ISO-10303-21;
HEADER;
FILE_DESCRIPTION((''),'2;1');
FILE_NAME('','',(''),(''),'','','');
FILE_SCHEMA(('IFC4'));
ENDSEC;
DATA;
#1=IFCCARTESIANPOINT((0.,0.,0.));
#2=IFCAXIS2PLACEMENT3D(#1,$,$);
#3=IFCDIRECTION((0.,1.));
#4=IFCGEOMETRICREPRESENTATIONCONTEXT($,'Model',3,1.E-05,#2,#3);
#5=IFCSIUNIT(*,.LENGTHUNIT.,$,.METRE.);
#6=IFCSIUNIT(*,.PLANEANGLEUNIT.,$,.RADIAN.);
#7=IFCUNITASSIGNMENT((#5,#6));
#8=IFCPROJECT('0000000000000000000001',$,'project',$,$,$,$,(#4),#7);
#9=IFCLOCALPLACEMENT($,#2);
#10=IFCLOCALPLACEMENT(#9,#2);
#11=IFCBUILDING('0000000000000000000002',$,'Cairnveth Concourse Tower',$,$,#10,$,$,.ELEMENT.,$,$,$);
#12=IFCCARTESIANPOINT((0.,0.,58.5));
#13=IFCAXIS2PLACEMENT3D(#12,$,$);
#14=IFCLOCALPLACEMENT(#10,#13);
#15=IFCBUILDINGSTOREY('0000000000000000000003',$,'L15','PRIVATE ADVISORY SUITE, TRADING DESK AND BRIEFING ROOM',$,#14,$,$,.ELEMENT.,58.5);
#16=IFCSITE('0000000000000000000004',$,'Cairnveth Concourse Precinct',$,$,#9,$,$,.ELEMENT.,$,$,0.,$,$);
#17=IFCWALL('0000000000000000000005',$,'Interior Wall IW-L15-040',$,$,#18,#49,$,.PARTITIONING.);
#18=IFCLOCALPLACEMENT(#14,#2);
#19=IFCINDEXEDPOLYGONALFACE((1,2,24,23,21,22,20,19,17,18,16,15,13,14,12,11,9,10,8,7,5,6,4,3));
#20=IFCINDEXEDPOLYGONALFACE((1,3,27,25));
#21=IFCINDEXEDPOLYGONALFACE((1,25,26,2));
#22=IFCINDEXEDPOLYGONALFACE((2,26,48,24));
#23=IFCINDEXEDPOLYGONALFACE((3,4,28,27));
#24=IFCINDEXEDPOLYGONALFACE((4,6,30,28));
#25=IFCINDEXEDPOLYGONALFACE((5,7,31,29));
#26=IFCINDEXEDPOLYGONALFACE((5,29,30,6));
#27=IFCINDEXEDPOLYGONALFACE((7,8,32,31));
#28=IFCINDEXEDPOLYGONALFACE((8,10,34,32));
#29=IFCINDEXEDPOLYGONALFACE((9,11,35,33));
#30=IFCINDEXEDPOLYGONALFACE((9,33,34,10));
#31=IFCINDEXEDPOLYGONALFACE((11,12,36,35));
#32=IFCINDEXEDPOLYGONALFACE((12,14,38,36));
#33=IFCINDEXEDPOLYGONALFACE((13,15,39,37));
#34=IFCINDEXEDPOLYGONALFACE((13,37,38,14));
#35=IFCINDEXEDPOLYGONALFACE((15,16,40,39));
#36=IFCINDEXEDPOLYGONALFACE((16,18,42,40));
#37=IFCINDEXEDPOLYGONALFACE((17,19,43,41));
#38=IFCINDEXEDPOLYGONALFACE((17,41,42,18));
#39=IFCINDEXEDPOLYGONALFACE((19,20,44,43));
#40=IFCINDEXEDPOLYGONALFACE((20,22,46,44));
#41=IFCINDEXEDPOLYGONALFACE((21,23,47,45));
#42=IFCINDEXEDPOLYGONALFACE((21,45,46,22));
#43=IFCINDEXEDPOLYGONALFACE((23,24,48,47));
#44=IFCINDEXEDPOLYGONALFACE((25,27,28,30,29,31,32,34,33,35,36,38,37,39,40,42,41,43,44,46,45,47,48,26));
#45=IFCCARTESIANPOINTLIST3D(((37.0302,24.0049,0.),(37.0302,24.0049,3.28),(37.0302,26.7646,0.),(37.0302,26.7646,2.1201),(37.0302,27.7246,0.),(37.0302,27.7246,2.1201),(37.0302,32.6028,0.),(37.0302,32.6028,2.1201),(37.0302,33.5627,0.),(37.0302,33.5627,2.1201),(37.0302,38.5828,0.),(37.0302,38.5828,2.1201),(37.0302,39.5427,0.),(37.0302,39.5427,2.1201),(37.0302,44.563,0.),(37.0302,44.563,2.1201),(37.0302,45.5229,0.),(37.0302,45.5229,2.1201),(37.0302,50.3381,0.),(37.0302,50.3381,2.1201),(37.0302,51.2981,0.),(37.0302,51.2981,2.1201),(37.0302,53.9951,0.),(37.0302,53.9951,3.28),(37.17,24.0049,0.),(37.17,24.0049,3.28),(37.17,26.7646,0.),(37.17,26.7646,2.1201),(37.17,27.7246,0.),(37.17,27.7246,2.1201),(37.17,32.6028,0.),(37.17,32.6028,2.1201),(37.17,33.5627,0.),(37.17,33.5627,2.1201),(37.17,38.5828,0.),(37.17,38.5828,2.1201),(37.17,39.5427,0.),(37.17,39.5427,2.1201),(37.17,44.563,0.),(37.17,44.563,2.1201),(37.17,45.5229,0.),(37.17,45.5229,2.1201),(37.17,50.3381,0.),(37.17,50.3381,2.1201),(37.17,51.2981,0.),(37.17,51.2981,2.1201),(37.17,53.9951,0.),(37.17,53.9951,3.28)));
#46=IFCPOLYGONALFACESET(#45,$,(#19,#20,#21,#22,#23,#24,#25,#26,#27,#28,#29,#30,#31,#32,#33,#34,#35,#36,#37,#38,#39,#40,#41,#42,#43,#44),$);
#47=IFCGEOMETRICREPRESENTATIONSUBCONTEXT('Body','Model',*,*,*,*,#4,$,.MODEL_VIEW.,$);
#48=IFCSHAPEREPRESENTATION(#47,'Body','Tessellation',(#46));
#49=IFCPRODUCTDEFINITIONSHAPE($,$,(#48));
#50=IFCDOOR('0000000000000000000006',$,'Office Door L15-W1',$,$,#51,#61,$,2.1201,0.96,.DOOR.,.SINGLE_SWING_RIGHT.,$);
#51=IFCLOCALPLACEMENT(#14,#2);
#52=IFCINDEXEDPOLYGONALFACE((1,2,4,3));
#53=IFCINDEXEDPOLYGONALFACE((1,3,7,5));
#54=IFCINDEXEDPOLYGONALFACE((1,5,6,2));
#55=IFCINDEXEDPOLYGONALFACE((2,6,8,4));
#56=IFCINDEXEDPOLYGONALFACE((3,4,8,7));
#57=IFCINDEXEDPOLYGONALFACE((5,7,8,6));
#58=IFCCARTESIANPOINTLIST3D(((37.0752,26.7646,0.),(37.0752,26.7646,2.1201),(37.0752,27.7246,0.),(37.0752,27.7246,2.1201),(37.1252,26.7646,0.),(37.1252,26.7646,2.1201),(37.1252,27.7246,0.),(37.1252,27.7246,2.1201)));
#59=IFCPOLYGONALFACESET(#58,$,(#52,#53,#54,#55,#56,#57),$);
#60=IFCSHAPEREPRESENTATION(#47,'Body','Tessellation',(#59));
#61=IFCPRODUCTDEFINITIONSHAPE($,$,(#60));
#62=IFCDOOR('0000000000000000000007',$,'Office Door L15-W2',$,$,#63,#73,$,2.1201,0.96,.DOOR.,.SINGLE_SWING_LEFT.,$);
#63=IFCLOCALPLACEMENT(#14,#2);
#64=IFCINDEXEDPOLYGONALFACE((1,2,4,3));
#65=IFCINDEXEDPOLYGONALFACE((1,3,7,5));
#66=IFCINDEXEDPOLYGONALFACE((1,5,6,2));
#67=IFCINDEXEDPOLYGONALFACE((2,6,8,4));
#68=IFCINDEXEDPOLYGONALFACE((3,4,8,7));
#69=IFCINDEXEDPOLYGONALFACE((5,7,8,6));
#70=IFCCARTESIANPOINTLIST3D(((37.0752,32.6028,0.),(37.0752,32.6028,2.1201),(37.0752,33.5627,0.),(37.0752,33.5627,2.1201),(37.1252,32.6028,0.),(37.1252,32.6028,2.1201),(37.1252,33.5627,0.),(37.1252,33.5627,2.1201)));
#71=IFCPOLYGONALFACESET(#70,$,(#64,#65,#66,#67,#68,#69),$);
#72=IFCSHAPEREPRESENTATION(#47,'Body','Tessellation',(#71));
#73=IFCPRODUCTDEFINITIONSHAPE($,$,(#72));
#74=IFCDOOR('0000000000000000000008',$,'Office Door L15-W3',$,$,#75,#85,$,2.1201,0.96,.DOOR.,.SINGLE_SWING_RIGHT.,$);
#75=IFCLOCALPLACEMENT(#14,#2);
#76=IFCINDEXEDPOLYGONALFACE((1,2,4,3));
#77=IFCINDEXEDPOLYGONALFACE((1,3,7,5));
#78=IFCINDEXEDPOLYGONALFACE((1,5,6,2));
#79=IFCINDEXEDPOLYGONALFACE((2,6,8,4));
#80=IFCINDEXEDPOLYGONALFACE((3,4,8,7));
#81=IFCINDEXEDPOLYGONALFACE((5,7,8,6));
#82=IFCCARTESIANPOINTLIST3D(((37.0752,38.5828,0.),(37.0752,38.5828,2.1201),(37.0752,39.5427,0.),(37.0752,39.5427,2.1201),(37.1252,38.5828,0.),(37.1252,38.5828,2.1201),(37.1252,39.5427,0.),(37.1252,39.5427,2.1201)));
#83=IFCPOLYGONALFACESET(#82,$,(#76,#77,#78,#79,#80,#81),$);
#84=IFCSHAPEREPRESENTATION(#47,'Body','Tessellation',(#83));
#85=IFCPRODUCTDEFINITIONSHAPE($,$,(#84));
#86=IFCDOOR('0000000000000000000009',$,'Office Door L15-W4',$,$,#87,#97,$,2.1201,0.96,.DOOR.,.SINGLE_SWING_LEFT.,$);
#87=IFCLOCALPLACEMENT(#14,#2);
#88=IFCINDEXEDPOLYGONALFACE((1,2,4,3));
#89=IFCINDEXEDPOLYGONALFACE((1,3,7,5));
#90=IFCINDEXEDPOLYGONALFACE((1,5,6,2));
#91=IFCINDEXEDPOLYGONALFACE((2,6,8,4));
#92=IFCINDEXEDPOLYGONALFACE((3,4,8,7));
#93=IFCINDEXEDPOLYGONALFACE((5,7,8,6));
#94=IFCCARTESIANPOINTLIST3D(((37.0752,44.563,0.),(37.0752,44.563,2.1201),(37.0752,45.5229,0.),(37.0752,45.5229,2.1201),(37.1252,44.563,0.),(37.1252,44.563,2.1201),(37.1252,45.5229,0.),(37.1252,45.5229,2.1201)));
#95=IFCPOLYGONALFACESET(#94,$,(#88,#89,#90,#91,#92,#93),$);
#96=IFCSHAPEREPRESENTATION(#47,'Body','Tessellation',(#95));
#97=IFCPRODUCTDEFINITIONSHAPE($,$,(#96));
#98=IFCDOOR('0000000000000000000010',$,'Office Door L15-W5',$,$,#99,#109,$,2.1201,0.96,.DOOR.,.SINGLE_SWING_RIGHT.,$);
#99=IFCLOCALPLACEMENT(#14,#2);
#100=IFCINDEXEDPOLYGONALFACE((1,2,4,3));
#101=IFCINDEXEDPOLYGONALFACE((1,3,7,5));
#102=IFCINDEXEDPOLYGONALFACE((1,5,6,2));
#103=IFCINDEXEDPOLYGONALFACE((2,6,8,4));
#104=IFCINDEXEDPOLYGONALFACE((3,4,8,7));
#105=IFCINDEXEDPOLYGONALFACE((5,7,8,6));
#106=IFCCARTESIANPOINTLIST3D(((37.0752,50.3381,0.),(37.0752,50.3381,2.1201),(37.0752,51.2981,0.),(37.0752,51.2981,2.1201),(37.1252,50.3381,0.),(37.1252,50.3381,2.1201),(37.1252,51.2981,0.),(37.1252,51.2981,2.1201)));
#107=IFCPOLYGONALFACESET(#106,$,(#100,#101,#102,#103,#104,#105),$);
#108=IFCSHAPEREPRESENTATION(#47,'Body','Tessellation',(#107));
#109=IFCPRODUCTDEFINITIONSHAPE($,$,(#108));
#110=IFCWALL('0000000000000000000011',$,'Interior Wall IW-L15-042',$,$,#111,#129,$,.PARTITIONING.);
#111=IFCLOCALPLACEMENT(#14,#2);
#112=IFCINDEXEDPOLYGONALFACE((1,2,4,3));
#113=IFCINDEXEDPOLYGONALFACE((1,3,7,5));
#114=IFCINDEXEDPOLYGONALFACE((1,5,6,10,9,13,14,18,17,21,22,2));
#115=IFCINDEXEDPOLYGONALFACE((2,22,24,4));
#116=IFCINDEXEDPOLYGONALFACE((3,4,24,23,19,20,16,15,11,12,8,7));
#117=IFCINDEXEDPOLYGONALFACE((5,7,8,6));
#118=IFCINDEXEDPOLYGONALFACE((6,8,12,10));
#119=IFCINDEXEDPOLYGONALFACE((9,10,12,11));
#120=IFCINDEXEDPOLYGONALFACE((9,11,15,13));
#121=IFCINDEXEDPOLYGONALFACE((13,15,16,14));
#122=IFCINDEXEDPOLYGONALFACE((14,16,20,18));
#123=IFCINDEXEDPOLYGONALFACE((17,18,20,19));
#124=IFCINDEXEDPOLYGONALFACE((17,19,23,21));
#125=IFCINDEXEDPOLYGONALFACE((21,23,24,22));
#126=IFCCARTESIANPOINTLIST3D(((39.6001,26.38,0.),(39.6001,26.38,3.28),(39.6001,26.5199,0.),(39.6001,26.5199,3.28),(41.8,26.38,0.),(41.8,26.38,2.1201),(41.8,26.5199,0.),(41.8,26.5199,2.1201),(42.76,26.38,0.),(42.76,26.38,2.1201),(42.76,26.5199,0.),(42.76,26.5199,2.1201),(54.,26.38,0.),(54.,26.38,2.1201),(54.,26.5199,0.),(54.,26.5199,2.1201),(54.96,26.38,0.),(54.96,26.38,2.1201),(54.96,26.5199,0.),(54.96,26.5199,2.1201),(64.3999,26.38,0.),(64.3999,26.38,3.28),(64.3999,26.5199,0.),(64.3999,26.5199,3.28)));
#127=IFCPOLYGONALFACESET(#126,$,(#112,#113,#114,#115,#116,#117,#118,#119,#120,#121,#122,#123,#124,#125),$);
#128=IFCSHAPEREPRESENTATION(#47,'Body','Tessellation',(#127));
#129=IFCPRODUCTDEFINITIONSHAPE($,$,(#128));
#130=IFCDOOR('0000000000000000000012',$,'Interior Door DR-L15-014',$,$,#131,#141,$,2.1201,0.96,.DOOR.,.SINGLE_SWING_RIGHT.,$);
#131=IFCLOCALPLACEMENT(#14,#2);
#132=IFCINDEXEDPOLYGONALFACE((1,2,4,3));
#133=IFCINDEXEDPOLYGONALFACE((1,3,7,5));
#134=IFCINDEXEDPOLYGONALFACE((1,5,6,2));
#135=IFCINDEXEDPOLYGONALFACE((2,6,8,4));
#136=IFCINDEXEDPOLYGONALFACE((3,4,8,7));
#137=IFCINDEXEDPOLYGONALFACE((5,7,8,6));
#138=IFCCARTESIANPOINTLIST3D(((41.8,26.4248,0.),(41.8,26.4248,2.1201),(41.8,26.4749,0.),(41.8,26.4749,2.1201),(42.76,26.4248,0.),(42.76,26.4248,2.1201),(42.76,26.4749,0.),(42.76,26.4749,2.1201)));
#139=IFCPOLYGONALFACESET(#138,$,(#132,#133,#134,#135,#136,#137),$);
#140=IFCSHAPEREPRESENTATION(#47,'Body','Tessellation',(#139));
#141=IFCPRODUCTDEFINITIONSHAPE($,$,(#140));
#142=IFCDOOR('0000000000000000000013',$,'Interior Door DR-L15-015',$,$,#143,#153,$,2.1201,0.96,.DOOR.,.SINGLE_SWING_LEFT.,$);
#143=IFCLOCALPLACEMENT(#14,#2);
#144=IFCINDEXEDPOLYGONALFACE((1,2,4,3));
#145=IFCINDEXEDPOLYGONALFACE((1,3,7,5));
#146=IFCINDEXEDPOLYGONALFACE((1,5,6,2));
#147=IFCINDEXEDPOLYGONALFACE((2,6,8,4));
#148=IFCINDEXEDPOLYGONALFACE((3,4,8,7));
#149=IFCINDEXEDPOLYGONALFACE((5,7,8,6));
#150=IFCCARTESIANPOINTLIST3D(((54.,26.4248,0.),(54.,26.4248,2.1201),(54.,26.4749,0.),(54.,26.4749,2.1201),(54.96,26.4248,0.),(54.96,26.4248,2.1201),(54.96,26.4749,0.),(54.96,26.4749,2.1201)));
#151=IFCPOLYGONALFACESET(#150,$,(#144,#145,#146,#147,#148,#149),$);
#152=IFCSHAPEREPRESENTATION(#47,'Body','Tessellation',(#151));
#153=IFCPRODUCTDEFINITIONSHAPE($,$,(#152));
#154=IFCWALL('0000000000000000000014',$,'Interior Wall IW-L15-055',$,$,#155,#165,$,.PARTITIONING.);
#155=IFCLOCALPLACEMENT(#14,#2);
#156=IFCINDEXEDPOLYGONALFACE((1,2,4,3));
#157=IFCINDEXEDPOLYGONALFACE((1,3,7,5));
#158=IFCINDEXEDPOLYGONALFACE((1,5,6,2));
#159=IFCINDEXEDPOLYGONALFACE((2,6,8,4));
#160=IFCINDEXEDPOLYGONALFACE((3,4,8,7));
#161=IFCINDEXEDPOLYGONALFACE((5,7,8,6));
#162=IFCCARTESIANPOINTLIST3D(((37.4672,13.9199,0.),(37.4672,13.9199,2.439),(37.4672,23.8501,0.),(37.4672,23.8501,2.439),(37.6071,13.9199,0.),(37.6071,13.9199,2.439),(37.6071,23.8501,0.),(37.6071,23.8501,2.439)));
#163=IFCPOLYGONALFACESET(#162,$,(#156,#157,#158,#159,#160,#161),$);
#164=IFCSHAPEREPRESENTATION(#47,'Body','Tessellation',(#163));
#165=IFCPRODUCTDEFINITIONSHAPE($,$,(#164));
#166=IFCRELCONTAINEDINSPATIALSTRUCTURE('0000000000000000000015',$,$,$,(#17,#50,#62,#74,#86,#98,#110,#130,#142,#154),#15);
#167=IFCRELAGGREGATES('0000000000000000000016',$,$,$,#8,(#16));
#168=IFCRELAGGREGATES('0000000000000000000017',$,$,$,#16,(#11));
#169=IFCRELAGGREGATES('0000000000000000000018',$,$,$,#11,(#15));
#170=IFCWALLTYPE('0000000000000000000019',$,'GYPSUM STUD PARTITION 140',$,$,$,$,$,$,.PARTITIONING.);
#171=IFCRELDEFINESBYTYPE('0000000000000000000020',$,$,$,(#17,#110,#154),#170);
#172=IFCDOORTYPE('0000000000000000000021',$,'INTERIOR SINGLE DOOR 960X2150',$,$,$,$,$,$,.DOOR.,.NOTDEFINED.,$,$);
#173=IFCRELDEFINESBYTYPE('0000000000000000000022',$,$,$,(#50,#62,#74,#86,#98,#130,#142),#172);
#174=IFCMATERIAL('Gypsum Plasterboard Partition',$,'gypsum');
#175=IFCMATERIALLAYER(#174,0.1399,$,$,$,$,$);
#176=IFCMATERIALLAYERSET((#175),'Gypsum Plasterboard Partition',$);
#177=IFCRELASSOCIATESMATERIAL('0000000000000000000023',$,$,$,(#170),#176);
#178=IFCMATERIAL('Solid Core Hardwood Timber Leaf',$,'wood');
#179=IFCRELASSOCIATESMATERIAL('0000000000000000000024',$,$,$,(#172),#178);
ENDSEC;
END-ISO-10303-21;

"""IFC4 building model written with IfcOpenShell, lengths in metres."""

from ifc_helpers import new_model, si_unit, direction, frame, frame_2d, origin, place, context, subcontext, project, spatial, rectangle, extrude, material, layer, layer_set, type_object, element, fill, save


model = new_model("IFC4")

# Units and contexts
model_context = context("Model", 3, precision=1e-05, world=origin(), true_north=direction((0.0, 1.0)))
body_context = subcontext(model_context, "Body", "Model", "MODEL_VIEW")
ifc_project = project(units=[si_unit("LENGTHUNIT", "METRE"), si_unit("PLANEANGLEUNIT", "RADIAN")], contexts=[model_context])

# Site, building, storey
site_placement = place(None, origin())
site = spatial("IfcSite", under=ifc_project, at=site_placement, Name="Cairnveth Concourse Precinct", CompositionType="ELEMENT", RefElevation=0.0)
building_placement = place(site_placement, origin())
building = spatial("IfcBuilding", under=site, at=building_placement, Name="Cairnveth Concourse Tower", CompositionType="ELEMENT")
storey_placement = place(building_placement, frame((0.0, 0.0, 58.5)))
storey = spatial("IfcBuildingStorey", under=building, at=storey_placement, Name="L15", Description="PRIVATE ADVISORY SUITE, TRADING DESK AND BRIEFING ROOM", CompositionType="ELEMENT", Elevation=58.5)

# Walls, openings, doors
ifc_material_1 = material(Name="Gypsum Plasterboard Partition", Category="gypsum")
ifc_layer_1 = layer(ifc_material_1, 0.1399)
ifc_layer_set_1 = layer_set([ifc_layer_1], Name="Gypsum Plasterboard Partition")
wall_type = type_object("IfcWallType", Name="GYPSUM STUD PARTITION 140", PredefinedType="PARTITIONING", material=ifc_layer_set_1)
ifc_material_2 = material(Name="Solid Core Hardwood Timber Leaf", Category="wood")
door_type = type_object("IfcDoorType", Name="INTERIOR SINGLE DOOR 960X2150", OperationType="NOTDEFINED", PredefinedType="DOOR", material=ifc_material_2)
wall_1_placement = place(storey_placement, frame((37.1001, 24.0049, 0.0), z_axis=(0.0, 0.0, 1.0), x_axis=(0.0, 1.0, 0.0)))
wall_1 = element("IfcWall", 1, at=wall_1_placement, inside=storey, type_object=wall_type, Name="Interior Wall IW-L15-040", PredefinedType="PARTITIONING", context=body_context, shape_type="SweptSolid", body=[
    extrude(rectangle(XDim=29.9902, YDim=0.1399, at=frame_2d((14.9951, 0.0))), origin(), (0.0, 0.0, 1.0), 3.28),
])
opening_1_placement = place(wall_1_placement, frame((2.7598, 0.0, 0.0)))
opening_1 = element("IfcOpeningElement", 2, at=opening_1_placement, cuts=wall_1, PredefinedType="OPENING", context=body_context, shape_type="SweptSolid", body=[
    extrude(rectangle(XDim=0.96, YDim=2.1201, at=frame_2d((0.48, 1.0601))), frame((0.0, 0.0798, 0.0), z_axis=(0.0, -1.0, 0.0), x_axis=(1.0, 0.0, 0.0)), (0.0, 0.0, 1.0), 0.1599),
])
opening_2_placement = place(wall_1_placement, frame((8.5979, 0.0, 0.0)))
opening_2 = element("IfcOpeningElement", 3, at=opening_2_placement, cuts=wall_1, PredefinedType="OPENING", context=body_context, shape_type="SweptSolid", body=[
    extrude(rectangle(XDim=0.96, YDim=2.1201, at=frame_2d((0.48, 1.0601))), frame((0.0, 0.0798, 0.0), z_axis=(0.0, -1.0, 0.0), x_axis=(1.0, 0.0, 0.0)), (0.0, 0.0, 1.0), 0.1599),
])
opening_3_placement = place(wall_1_placement, frame((14.5779, 0.0, 0.0)))
opening_3 = element("IfcOpeningElement", 4, at=opening_3_placement, cuts=wall_1, PredefinedType="OPENING", context=body_context, shape_type="SweptSolid", body=[
    extrude(rectangle(XDim=0.96, YDim=2.1201, at=frame_2d((0.48, 1.0601))), frame((0.0, 0.0798, 0.0), z_axis=(0.0, -1.0, 0.0), x_axis=(1.0, 0.0, 0.0)), (0.0, 0.0, 1.0), 0.1599),
])
opening_4_placement = place(wall_1_placement, frame((20.5581, 0.0, 0.0)))
opening_4 = element("IfcOpeningElement", 5, at=opening_4_placement, cuts=wall_1, PredefinedType="OPENING", context=body_context, shape_type="SweptSolid", body=[
    extrude(rectangle(XDim=0.96, YDim=2.1201, at=frame_2d((0.48, 1.0601))), frame((0.0, 0.0798, 0.0), z_axis=(0.0, -1.0, 0.0), x_axis=(1.0, 0.0, 0.0)), (0.0, 0.0, 1.0), 0.1599),
])
opening_5_placement = place(wall_1_placement, frame((26.3333, 0.0, 0.0)))
opening_5 = element("IfcOpeningElement", 6, at=opening_5_placement, cuts=wall_1, PredefinedType="OPENING", context=body_context, shape_type="SweptSolid", body=[
    extrude(rectangle(XDim=0.96, YDim=2.1201, at=frame_2d((0.48, 1.0601))), frame((0.0, 0.0798, 0.0), z_axis=(0.0, -1.0, 0.0), x_axis=(1.0, 0.0, 0.0)), (0.0, 0.0, 1.0), 0.1599),
])
door_1_placement = place(opening_1_placement, origin())
door_1 = element("IfcDoor", 7, at=door_1_placement, inside=storey, type_object=door_type, Name="Office Door L15-W1", OperationType="SINGLE_SWING_RIGHT", OverallHeight=2.1201, OverallWidth=0.96, PredefinedType="DOOR", context=body_context, shape_type="SweptSolid", body=[
    extrude(rectangle(XDim=0.96, YDim=2.1201, at=frame_2d((0.48, 1.0601))), frame((0.0, 0.0249, 0.0), z_axis=(0.0, -1.0, 0.0), x_axis=(1.0, 0.0, 0.0)), (0.0, 0.0, 1.0), 0.05),
])
fill(opening_1, door_1)
door_2_placement = place(opening_2_placement, origin())
door_2 = element("IfcDoor", 8, at=door_2_placement, inside=storey, type_object=door_type, Name="Office Door L15-W2", OperationType="SINGLE_SWING_LEFT", OverallHeight=2.1201, OverallWidth=0.96, PredefinedType="DOOR", context=body_context, shape_type="SweptSolid", body=[
    extrude(rectangle(XDim=0.96, YDim=2.1201, at=frame_2d((0.48, 1.0601))), frame((0.0, 0.0249, 0.0), z_axis=(0.0, -1.0, 0.0), x_axis=(1.0, 0.0, 0.0)), (0.0, 0.0, 1.0), 0.05),
])
fill(opening_2, door_2)
door_3_placement = place(opening_3_placement, origin())
door_3 = element("IfcDoor", 9, at=door_3_placement, inside=storey, type_object=door_type, Name="Office Door L15-W3", OperationType="SINGLE_SWING_RIGHT", OverallHeight=2.1201, OverallWidth=0.96, PredefinedType="DOOR", context=body_context, shape_type="SweptSolid", body=[
    extrude(rectangle(XDim=0.96, YDim=2.1201, at=frame_2d((0.48, 1.0601))), frame((0.0, 0.0249, 0.0), z_axis=(0.0, -1.0, 0.0), x_axis=(1.0, 0.0, 0.0)), (0.0, 0.0, 1.0), 0.05),
])
fill(opening_3, door_3)
door_4_placement = place(opening_4_placement, origin())
door_4 = element("IfcDoor", 10, at=door_4_placement, inside=storey, type_object=door_type, Name="Office Door L15-W4", OperationType="SINGLE_SWING_LEFT", OverallHeight=2.1201, OverallWidth=0.96, PredefinedType="DOOR", context=body_context, shape_type="SweptSolid", body=[
    extrude(rectangle(XDim=0.96, YDim=2.1201, at=frame_2d((0.48, 1.0601))), frame((0.0, 0.0249, 0.0), z_axis=(0.0, -1.0, 0.0), x_axis=(1.0, 0.0, 0.0)), (0.0, 0.0, 1.0), 0.05),
])
fill(opening_4, door_4)
door_5_placement = place(opening_5_placement, origin())
door_5 = element("IfcDoor", 11, at=door_5_placement, inside=storey, type_object=door_type, Name="Office Door L15-W5", OperationType="SINGLE_SWING_RIGHT", OverallHeight=2.1201, OverallWidth=0.96, PredefinedType="DOOR", context=body_context, shape_type="SweptSolid", body=[
    extrude(rectangle(XDim=0.96, YDim=2.1201, at=frame_2d((0.48, 1.0601))), frame((0.0, 0.0249, 0.0), z_axis=(0.0, -1.0, 0.0), x_axis=(1.0, 0.0, 0.0)), (0.0, 0.0, 1.0), 0.05),
])
fill(opening_5, door_5)
wall_2_placement = place(storey_placement, frame((39.6001, 26.45, 0.0), z_axis=(0.0, 0.0, 1.0), x_axis=(1.0, 0.0, 0.0)))
wall_2 = element("IfcWall", 12, at=wall_2_placement, inside=storey, type_object=wall_type, Name="Interior Wall IW-L15-042", PredefinedType="PARTITIONING", context=body_context, shape_type="SweptSolid", body=[
    extrude(rectangle(XDim=24.7998, YDim=0.1399, at=frame_2d((12.3999, 0.0))), origin(), (0.0, 0.0, 1.0), 3.28),
])
opening_6_placement = place(wall_2_placement, frame((2.2, 0.0, 0.0)))
opening_6 = element("IfcOpeningElement", 13, at=opening_6_placement, cuts=wall_2, PredefinedType="OPENING", context=body_context, shape_type="SweptSolid", body=[
    extrude(rectangle(XDim=0.96, YDim=2.1201, at=frame_2d((0.48, 1.0601))), frame((0.0, 0.0798, 0.0), z_axis=(0.0, -1.0, 0.0), x_axis=(1.0, 0.0, 0.0)), (0.0, 0.0, 1.0), 0.1599),
])
opening_7_placement = place(wall_2_placement, frame((14.3999, 0.0, 0.0)))
opening_7 = element("IfcOpeningElement", 14, at=opening_7_placement, cuts=wall_2, PredefinedType="OPENING", context=body_context, shape_type="SweptSolid", body=[
    extrude(rectangle(XDim=0.96, YDim=2.1201, at=frame_2d((0.48, 1.0601))), frame((0.0, 0.0798, 0.0), z_axis=(0.0, -1.0, 0.0), x_axis=(1.0, 0.0, 0.0)), (0.0, 0.0, 1.0), 0.1599),
])
door_6_placement = place(opening_6_placement, origin())
door_6 = element("IfcDoor", 15, at=door_6_placement, inside=storey, type_object=door_type, Name="Interior Door DR-L15-014", OperationType="SINGLE_SWING_RIGHT", OverallHeight=2.1201, OverallWidth=0.96, PredefinedType="DOOR", context=body_context, shape_type="SweptSolid", body=[
    extrude(rectangle(XDim=0.96, YDim=2.1201, at=frame_2d((0.48, 1.0601))), frame((0.0, 0.0249, 0.0), z_axis=(0.0, -1.0, 0.0), x_axis=(1.0, 0.0, 0.0)), (0.0, 0.0, 1.0), 0.05),
])
fill(opening_6, door_6)
door_7_placement = place(opening_7_placement, origin())
door_7 = element("IfcDoor", 16, at=door_7_placement, inside=storey, type_object=door_type, Name="Interior Door DR-L15-015", OperationType="SINGLE_SWING_LEFT", OverallHeight=2.1201, OverallWidth=0.96, PredefinedType="DOOR", context=body_context, shape_type="SweptSolid", body=[
    extrude(rectangle(XDim=0.96, YDim=2.1201, at=frame_2d((0.48, 1.0601))), frame((0.0, 0.0249, 0.0), z_axis=(0.0, -1.0, 0.0), x_axis=(1.0, 0.0, 0.0)), (0.0, 0.0, 1.0), 0.05),
])
fill(opening_7, door_7)

# Wall
wall_3_placement = place(storey_placement, frame((37.5371, 13.9199, 0.0), z_axis=(0.0, 0.0, 1.0), x_axis=(0.0, 1.0, 0.0)))
element("IfcWall", 17, at=wall_3_placement, inside=storey, type_object=wall_type, Name="Interior Wall IW-L15-055", PredefinedType="PARTITIONING", context=body_context, shape_type="SweptSolid", body=[
    extrude(rectangle(XDim=9.9302, YDim=0.1399, at=frame_2d((4.9651, 0.0))), origin(), (0.0, 0.0, 1.0), 2.439),
])

save(model, "model.ifc")
